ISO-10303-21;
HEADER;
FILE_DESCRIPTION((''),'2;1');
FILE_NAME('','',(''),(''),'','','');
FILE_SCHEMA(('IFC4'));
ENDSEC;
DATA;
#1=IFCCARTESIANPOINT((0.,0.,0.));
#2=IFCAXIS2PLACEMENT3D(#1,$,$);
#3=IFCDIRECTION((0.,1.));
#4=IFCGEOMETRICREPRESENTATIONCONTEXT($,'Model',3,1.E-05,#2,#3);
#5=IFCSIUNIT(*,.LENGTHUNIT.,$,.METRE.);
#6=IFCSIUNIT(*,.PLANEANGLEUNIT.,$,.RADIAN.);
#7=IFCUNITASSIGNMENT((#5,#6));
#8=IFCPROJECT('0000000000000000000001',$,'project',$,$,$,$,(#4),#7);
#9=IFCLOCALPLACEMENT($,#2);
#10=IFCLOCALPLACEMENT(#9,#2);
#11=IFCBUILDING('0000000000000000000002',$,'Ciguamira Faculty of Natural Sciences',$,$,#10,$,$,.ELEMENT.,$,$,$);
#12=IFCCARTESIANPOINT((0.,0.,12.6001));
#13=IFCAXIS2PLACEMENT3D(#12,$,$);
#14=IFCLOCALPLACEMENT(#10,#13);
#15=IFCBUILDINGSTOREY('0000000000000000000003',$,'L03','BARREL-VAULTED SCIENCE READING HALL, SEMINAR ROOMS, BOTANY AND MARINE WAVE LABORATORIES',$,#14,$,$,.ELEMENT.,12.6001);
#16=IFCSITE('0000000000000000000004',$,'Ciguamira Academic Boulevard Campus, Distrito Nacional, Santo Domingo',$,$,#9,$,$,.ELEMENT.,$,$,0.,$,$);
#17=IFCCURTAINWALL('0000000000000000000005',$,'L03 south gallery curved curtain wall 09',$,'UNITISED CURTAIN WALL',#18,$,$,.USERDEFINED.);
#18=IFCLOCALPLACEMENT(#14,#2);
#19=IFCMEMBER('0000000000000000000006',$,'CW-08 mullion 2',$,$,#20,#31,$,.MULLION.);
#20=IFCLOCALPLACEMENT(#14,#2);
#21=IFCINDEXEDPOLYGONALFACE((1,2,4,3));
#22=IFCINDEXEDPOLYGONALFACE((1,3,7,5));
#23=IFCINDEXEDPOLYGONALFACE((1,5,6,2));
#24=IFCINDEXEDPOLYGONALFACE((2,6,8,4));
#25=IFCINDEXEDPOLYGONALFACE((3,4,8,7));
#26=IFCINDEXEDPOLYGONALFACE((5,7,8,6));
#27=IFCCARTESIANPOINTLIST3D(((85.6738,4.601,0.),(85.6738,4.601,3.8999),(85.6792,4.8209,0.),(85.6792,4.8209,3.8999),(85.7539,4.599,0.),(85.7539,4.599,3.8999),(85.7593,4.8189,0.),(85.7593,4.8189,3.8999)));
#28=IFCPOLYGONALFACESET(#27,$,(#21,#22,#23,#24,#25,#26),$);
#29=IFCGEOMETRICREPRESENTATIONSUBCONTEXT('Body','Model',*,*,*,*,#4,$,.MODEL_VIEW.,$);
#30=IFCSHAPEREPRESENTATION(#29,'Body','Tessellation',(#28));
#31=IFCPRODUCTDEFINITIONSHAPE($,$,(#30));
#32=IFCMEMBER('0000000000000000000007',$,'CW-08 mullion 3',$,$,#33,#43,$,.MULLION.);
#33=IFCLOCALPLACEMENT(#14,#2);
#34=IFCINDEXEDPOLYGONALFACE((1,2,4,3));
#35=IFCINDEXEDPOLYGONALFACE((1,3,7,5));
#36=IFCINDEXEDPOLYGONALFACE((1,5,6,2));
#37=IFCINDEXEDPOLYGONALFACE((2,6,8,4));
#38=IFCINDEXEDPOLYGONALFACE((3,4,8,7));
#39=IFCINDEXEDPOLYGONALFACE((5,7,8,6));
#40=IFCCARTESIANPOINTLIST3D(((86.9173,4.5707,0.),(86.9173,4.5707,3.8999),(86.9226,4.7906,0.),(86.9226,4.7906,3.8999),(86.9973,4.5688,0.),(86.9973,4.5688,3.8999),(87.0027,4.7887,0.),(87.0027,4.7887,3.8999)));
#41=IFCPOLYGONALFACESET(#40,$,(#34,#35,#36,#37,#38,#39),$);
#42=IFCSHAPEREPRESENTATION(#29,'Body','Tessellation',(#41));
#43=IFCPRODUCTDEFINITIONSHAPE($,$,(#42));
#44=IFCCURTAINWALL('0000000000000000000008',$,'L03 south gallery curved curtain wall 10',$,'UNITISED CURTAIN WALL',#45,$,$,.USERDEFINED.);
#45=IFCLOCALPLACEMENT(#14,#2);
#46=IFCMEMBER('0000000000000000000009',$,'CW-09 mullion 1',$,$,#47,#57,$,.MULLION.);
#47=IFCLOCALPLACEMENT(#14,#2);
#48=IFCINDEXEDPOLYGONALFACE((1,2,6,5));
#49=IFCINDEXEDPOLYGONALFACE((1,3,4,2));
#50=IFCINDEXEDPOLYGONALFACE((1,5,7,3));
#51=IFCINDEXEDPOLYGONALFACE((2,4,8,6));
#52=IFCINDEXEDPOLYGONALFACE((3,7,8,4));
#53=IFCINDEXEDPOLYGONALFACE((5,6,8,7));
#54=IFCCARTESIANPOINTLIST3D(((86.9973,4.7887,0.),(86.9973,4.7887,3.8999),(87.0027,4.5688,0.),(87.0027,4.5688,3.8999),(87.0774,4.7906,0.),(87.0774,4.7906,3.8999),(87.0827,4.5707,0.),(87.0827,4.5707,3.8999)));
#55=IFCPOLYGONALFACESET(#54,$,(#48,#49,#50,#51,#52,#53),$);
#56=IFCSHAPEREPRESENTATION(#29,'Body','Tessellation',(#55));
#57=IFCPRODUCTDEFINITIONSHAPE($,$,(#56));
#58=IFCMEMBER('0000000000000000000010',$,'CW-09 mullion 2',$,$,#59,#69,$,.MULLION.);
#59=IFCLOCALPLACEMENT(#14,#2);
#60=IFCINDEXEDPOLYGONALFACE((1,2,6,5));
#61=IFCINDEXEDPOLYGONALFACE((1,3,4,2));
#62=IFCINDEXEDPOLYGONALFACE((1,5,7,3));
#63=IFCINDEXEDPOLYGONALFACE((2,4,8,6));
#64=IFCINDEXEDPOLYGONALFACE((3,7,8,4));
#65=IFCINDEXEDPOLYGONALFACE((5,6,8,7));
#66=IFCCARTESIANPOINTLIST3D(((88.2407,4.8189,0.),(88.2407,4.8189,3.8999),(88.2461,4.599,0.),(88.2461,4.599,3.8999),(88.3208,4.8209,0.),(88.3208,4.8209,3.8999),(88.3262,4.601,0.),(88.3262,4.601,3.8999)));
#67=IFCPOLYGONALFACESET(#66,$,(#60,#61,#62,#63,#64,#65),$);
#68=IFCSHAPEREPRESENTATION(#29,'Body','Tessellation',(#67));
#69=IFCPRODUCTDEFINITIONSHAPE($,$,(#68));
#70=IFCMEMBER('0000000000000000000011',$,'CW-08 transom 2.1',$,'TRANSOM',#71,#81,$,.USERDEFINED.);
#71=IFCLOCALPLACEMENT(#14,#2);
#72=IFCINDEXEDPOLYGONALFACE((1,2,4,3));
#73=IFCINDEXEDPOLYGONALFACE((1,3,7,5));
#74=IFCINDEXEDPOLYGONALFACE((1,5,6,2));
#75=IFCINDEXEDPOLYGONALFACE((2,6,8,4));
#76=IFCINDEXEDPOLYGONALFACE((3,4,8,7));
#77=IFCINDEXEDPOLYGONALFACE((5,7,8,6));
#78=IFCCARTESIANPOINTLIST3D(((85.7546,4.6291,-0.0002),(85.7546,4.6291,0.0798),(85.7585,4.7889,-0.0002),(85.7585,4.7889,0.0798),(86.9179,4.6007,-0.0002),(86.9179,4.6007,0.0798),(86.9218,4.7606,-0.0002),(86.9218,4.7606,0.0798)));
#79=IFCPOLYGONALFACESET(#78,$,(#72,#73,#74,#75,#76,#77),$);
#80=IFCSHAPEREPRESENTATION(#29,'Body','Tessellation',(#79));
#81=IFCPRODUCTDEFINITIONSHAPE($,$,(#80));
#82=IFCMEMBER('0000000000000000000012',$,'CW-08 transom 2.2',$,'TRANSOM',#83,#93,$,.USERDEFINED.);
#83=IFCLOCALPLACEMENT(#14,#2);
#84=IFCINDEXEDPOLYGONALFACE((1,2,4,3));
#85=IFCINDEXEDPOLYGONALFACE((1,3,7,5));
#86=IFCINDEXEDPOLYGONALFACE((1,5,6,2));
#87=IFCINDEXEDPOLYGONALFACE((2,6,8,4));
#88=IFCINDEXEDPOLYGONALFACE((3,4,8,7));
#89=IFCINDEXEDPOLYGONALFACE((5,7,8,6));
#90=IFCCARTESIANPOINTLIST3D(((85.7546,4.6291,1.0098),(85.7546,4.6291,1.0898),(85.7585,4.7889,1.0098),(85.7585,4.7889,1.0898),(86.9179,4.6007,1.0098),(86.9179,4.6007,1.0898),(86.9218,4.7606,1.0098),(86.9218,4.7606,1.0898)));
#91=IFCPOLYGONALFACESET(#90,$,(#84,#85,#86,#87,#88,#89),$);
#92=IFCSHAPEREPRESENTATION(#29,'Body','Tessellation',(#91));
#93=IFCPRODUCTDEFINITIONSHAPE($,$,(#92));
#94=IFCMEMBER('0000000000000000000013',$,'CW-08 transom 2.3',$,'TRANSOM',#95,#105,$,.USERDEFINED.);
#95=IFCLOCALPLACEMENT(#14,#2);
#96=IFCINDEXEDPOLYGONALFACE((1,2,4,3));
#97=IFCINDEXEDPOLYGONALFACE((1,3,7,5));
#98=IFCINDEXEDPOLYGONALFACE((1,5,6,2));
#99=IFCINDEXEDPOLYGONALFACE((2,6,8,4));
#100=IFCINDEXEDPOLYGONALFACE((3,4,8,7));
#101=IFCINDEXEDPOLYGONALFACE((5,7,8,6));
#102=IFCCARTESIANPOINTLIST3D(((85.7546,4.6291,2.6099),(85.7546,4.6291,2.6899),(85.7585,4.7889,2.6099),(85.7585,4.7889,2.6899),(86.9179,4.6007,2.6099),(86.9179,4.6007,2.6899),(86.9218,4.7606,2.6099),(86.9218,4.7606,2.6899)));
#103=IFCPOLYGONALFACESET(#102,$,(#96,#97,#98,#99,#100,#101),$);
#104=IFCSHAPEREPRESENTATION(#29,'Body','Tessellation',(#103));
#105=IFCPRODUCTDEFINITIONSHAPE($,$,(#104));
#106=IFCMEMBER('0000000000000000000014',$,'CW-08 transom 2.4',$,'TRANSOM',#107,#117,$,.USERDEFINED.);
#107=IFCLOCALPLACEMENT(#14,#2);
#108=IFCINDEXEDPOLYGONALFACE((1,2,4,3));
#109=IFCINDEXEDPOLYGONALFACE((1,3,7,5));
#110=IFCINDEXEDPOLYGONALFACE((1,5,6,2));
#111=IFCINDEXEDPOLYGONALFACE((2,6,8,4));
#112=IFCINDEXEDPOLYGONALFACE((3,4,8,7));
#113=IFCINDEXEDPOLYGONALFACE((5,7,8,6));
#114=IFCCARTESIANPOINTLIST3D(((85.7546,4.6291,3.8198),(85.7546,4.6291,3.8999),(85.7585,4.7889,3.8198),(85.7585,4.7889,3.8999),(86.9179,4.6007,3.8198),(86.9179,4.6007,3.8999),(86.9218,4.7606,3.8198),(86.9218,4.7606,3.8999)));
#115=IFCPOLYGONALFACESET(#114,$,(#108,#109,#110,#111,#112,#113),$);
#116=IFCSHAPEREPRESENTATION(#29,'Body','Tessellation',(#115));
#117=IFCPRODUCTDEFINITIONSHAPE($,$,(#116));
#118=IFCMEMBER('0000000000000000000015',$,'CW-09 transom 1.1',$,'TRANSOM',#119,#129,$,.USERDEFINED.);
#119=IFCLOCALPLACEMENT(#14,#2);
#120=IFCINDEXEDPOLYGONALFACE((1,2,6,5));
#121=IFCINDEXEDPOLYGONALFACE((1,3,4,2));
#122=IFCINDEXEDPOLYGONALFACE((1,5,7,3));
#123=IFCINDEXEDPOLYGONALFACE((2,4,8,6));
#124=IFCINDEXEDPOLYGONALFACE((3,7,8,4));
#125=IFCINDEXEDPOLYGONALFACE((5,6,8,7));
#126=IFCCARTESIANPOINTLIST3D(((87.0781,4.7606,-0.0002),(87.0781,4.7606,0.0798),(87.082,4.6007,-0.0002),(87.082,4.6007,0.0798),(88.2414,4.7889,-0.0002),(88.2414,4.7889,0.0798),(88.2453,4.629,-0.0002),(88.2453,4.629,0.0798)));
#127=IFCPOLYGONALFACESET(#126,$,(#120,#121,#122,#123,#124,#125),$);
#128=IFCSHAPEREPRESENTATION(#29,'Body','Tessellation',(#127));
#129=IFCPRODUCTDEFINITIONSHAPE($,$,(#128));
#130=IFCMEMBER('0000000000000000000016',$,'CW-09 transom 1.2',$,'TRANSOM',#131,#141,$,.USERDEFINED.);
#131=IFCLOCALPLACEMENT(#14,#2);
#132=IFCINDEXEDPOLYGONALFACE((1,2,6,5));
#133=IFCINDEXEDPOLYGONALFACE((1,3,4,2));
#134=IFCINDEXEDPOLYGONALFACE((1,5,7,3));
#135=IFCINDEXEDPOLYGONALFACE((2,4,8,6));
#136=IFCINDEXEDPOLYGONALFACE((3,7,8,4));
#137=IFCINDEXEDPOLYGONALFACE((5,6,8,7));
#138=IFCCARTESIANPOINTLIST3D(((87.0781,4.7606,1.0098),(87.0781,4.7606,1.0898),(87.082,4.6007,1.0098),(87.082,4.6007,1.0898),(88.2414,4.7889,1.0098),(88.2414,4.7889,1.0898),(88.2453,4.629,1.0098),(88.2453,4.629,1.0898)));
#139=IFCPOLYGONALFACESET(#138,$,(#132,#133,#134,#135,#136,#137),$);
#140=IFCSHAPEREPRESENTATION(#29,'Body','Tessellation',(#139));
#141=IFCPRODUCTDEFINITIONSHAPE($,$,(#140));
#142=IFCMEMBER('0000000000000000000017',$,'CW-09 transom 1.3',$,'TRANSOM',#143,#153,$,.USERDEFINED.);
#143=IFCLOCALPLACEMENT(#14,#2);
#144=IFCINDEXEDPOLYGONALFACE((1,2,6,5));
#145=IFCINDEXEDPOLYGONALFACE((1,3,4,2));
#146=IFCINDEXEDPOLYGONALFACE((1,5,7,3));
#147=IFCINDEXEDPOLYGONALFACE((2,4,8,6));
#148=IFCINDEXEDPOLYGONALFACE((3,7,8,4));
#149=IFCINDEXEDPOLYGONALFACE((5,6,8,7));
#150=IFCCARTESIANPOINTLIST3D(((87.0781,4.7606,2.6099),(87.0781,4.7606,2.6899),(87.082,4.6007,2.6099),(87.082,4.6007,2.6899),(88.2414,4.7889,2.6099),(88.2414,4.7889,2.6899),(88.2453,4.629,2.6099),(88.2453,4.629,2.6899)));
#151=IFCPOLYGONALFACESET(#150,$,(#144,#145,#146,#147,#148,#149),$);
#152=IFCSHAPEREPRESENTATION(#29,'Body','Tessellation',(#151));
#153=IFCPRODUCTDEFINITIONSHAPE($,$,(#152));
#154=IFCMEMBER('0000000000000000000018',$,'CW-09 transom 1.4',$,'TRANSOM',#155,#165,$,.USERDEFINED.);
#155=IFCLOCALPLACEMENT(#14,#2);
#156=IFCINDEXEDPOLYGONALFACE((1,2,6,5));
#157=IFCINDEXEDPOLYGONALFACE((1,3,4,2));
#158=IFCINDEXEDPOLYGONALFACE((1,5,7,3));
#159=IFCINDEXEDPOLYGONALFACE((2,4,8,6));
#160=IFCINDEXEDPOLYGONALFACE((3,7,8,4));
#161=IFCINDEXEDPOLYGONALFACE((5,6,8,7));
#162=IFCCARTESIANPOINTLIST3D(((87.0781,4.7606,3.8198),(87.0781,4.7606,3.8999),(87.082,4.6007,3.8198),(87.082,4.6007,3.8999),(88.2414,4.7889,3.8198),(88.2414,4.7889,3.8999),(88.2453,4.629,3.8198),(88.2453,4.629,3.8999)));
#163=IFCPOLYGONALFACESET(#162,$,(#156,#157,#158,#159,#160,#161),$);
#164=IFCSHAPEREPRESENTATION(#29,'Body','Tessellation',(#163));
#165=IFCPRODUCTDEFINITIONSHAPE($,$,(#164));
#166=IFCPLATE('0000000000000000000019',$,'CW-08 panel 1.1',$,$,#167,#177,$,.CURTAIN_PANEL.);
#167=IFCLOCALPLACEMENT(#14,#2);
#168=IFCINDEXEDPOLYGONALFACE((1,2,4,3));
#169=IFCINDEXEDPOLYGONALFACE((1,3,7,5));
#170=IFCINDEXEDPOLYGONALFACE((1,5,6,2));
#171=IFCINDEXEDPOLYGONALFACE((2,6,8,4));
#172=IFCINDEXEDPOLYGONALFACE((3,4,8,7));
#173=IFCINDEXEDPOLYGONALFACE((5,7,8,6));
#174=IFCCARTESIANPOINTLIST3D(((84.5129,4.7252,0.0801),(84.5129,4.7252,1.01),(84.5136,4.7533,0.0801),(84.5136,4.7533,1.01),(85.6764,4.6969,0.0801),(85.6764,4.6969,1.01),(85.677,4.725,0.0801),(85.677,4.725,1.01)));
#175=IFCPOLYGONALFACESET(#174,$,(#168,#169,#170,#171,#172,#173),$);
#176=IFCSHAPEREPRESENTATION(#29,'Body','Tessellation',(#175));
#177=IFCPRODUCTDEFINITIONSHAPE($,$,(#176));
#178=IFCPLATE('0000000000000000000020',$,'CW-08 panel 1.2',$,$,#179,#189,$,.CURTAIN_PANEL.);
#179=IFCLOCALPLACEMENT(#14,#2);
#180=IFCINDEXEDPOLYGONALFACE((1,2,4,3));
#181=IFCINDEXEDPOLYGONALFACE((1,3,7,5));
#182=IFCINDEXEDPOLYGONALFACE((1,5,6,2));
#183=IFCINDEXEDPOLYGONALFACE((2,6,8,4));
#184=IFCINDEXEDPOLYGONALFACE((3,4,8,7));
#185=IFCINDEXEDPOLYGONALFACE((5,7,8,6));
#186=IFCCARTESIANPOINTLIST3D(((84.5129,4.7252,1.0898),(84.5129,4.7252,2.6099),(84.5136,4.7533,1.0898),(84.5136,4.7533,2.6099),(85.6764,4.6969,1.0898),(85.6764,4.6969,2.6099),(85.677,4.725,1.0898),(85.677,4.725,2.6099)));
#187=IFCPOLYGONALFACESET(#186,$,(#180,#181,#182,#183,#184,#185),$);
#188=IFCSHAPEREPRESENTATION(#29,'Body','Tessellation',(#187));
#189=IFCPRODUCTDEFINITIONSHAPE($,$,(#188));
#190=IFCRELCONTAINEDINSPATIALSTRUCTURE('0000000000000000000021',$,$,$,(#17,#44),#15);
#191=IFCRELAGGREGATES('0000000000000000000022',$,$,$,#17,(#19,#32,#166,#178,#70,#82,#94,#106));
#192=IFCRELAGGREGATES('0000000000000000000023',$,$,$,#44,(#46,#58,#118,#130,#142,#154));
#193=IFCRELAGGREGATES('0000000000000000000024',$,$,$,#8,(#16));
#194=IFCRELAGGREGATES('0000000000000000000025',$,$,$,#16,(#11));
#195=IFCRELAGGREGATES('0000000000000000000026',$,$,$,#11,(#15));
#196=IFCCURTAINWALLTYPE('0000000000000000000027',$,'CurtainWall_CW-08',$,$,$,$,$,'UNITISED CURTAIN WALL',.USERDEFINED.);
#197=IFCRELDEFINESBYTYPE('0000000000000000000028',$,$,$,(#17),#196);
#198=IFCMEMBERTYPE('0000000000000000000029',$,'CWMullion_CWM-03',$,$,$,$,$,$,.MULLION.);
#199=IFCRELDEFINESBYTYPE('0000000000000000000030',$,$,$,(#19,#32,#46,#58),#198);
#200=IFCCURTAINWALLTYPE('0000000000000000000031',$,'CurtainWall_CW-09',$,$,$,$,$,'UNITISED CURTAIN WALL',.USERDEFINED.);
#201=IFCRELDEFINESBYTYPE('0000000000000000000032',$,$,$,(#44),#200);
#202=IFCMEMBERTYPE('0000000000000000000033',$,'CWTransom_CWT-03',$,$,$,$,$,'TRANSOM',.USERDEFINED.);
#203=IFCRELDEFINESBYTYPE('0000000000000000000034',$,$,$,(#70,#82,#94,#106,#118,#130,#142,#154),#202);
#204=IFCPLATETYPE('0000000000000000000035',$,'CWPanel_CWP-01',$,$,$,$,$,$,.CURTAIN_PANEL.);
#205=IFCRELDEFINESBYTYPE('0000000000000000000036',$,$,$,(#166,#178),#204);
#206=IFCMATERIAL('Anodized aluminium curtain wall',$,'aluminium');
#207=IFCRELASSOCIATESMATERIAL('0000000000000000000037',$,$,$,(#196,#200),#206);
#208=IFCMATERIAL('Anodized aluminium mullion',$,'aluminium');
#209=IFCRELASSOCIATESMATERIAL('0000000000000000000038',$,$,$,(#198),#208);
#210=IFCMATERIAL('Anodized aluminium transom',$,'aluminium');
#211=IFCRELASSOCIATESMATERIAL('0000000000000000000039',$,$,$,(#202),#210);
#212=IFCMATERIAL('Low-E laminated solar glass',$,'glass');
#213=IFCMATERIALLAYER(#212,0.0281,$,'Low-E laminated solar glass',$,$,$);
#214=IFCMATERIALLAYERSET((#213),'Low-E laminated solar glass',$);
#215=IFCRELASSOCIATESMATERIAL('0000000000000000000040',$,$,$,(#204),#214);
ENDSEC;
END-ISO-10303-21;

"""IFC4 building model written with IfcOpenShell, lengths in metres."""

from ifc_helpers import new_model, si_unit, direction, frame, origin, origin_2d, place, context, subcontext, project, spatial, rectangle, extrude, material, layer, layer_set, material_profile, profile_set, type_object, element, aggregate, save


model = new_model("IFC4")

# Units and contexts
model_context = context("Model", 3, precision=1e-05, world=origin(), true_north=direction((0.0, 1.0)))
body_context = subcontext(model_context, "Body", "Model", "MODEL_VIEW")
ifc_project = project(units=[si_unit("LENGTHUNIT", "METRE"), si_unit("PLANEANGLEUNIT", "RADIAN")], contexts=[model_context])

# Site, building, storey
site_placement = place(None, origin())
site = spatial("IfcSite", under=ifc_project, at=site_placement, Name="Ciguamira Academic Boulevard Campus, Distrito Nacional, Santo Domingo", CompositionType="ELEMENT", RefElevation=0.0)
building_placement = place(site_placement, origin())
building = spatial("IfcBuilding", under=site, at=building_placement, Name="Ciguamira Faculty of Natural Sciences", CompositionType="ELEMENT")
storey_placement = place(building_placement, frame((0.0, 0.0, 12.6001)))
storey = spatial("IfcBuildingStorey", under=building, at=storey_placement, Name="L03", Description="BARREL-VAULTED SCIENCE READING HALL, SEMINAR ROOMS, BOTANY AND MARINE WAVE LABORATORIES", CompositionType="ELEMENT", Elevation=12.6001)

# Curtain walls, members
ifc_material_1 = material(Name="Anodized aluminium curtain wall", Category="aluminium")
curtain_wall_type_1 = type_object("IfcCurtainWallType", Name="CurtainWall_CW-08", ElementType="UNITISED CURTAIN WALL", PredefinedType="USERDEFINED", material=ifc_material_1)
curtain_wall_1_placement = place(storey_placement, origin())
curtain_wall_1 = element("IfcCurtainWall", 1, at=curtain_wall_1_placement, inside=storey, type_object=curtain_wall_type_1, Name="L03 south gallery curved curtain wall 09", ObjectType="UNITISED CURTAIN WALL", PredefinedType="USERDEFINED")
ifc_material_2 = material(Name="Anodized aluminium mullion", Category="aluminium")
ifc_material_profile_1 = material_profile(ifc_material_2, rectangle(XDim=0.0801, YDim=0.22, at=origin_2d()), Name="ALU-MUL-80X220")
ifc_profile_set_1 = profile_set([ifc_material_profile_1], Name="Anodized aluminium mullion")
member_type_1 = type_object("IfcMemberType", Name="CWMullion_CWM-03", PredefinedType="MULLION", material=ifc_profile_set_1)
member_1_placement = place(storey_placement, frame((85.7166, 4.71, 0.0), z_axis=(0.0, 0.0, 1.0), x_axis=(0.999704, -0.024343, 0.0)))
member_1 = element("IfcMember", 2, at=member_1_placement, type_object=member_type_1, Name="CW-08 mullion 2", PredefinedType="MULLION", context=body_context, shape_type="SweptSolid", body=[
    extrude(rectangle(XDim=0.0801, YDim=0.22, at=origin_2d()), origin(), (0.0, 0.0, 1.0), 3.8999),
])
member_2_placement = place(storey_placement, frame((86.96, 4.6797, 0.0), z_axis=(0.0, 0.0, 1.0), x_axis=(0.999704, -0.024343, 0.0)))
member_2 = element("IfcMember", 3, at=member_2_placement, type_object=member_type_1, Name="CW-08 mullion 3", PredefinedType="MULLION", context=body_context, shape_type="SweptSolid", body=[
    extrude(rectangle(XDim=0.0801, YDim=0.22, at=origin_2d()), origin(), (0.0, 0.0, 1.0), 3.8999),
])
curtain_wall_type_2 = type_object("IfcCurtainWallType", Name="CurtainWall_CW-09", ElementType="UNITISED CURTAIN WALL", PredefinedType="USERDEFINED", material=ifc_material_1)
curtain_wall_2_placement = place(storey_placement, origin())
curtain_wall_2 = element("IfcCurtainWall", 4, at=curtain_wall_2_placement, inside=storey, type_object=curtain_wall_type_2, Name="L03 south gallery curved curtain wall 10", ObjectType="UNITISED CURTAIN WALL", PredefinedType="USERDEFINED")
member_3_placement = place(storey_placement, frame((87.04, 4.6797, 0.0), z_axis=(0.0, 0.0, 1.0), x_axis=(0.999704, 0.024343, 0.0)))
member_3 = element("IfcMember", 5, at=member_3_placement, type_object=member_type_1, Name="CW-09 mullion 1", PredefinedType="MULLION", context=body_context, shape_type="SweptSolid", body=[
    extrude(rectangle(XDim=0.0801, YDim=0.22, at=origin_2d()), origin(), (0.0, 0.0, 1.0), 3.8999),
])
member_4_placement = place(storey_placement, frame((88.2834, 4.71, 0.0), z_axis=(0.0, 0.0, 1.0), x_axis=(0.999704, 0.024343, 0.0)))
member_4 = element("IfcMember", 6, at=member_4_placement, type_object=member_type_1, Name="CW-09 mullion 2", PredefinedType="MULLION", context=body_context, shape_type="SweptSolid", body=[
    extrude(rectangle(XDim=0.0801, YDim=0.22, at=origin_2d()), origin(), (0.0, 0.0, 1.0), 3.8999),
])

# Members
ifc_material_3 = material(Name="Anodized aluminium transom", Category="aluminium")
ifc_material_profile_2 = material_profile(ifc_material_3, rectangle(XDim=0.0801, YDim=0.1599, at=origin_2d()), Name="ALU-TRN-80X160")
ifc_profile_set_2 = profile_set([ifc_material_profile_2], Name="Anodized aluminium transom")
member_type_2 = type_object("IfcMemberType", Name="CWTransom_CWT-03", ElementType="TRANSOM", PredefinedType="USERDEFINED", material=ifc_profile_set_2)
member_5_placement = place(storey_placement, frame((85.7566, 4.709, 0.0398), z_axis=(0.999704, -0.024337, 0.0), x_axis=(0.0, 0.0, 1.0)))
member_5 = element("IfcMember", 7, at=member_5_placement, type_object=member_type_2, Name="CW-08 transom 2.1", ObjectType="TRANSOM", PredefinedType="USERDEFINED", context=body_context, shape_type="SweptSolid", body=[
    extrude(rectangle(XDim=0.0801, YDim=0.1599, at=origin_2d()), origin(), (0.0, 0.0, 1.0), 1.1636),
])
member_6_placement = place(storey_placement, frame((85.7566, 4.709, 1.0498), z_axis=(0.999704, -0.024337, 0.0), x_axis=(0.0, 0.0, 1.0)))
member_6 = element("IfcMember", 8, at=member_6_placement, type_object=member_type_2, Name="CW-08 transom 2.2", ObjectType="TRANSOM", PredefinedType="USERDEFINED", context=body_context, shape_type="SweptSolid", body=[
    extrude(rectangle(XDim=0.0801, YDim=0.1599, at=origin_2d()), origin(), (0.0, 0.0, 1.0), 1.1636),
])
member_7_placement = place(storey_placement, frame((85.7566, 4.709, 2.6499), z_axis=(0.999704, -0.024337, 0.0), x_axis=(0.0, 0.0, 1.0)))
member_7 = element("IfcMember", 9, at=member_7_placement, type_object=member_type_2, Name="CW-08 transom 2.3", ObjectType="TRANSOM", PredefinedType="USERDEFINED", context=body_context, shape_type="SweptSolid", body=[
    extrude(rectangle(XDim=0.0801, YDim=0.1599, at=origin_2d()), origin(), (0.0, 0.0, 1.0), 1.1636),
])
member_8_placement = place(storey_placement, frame((85.7566, 4.709, 3.8599), z_axis=(0.999704, -0.024337, 0.0), x_axis=(0.0, 0.0, 1.0)))
member_8 = element("IfcMember", 10, at=member_8_placement, type_object=member_type_2, Name="CW-08 transom 2.4", ObjectType="TRANSOM", PredefinedType="USERDEFINED", context=body_context, shape_type="SweptSolid", body=[
    extrude(rectangle(XDim=0.0801, YDim=0.1599, at=origin_2d()), origin(), (0.0, 0.0, 1.0), 1.1636),
])
member_9_placement = place(storey_placement, frame((87.0801, 4.6807, 0.0398), z_axis=(0.999704, 0.024337, 0.0), x_axis=(0.0, 0.0, 1.0)))
member_9 = element("IfcMember", 11, at=member_9_placement, type_object=member_type_2, Name="CW-09 transom 1.1", ObjectType="TRANSOM", PredefinedType="USERDEFINED", context=body_context, shape_type="SweptSolid", body=[
    extrude(rectangle(XDim=0.0801, YDim=0.1599, at=origin_2d()), origin(), (0.0, 0.0, 1.0), 1.1636),
])
member_10_placement = place(storey_placement, frame((87.0801, 4.6807, 1.0498), z_axis=(0.999704, 0.024337, 0.0), x_axis=(0.0, 0.0, 1.0)))
member_10 = element("IfcMember", 12, at=member_10_placement, type_object=member_type_2, Name="CW-09 transom 1.2", ObjectType="TRANSOM", PredefinedType="USERDEFINED", context=body_context, shape_type="SweptSolid", body=[
    extrude(rectangle(XDim=0.0801, YDim=0.1599, at=origin_2d()), origin(), (0.0, 0.0, 1.0), 1.1636),
])
member_11_placement = place(storey_placement, frame((87.0801, 4.6807, 2.6499), z_axis=(0.999704, 0.024337, 0.0), x_axis=(0.0, 0.0, 1.0)))
member_11 = element("IfcMember", 13, at=member_11_placement, type_object=member_type_2, Name="CW-09 transom 1.3", ObjectType="TRANSOM", PredefinedType="USERDEFINED", context=body_context, shape_type="SweptSolid", body=[
    extrude(rectangle(XDim=0.0801, YDim=0.1599, at=origin_2d()), origin(), (0.0, 0.0, 1.0), 1.1636),
])
member_12_placement = place(storey_placement, frame((87.0801, 4.6807, 3.8599), z_axis=(0.999704, 0.024337, 0.0), x_axis=(0.0, 0.0, 1.0)))
member_12 = element("IfcMember", 14, at=member_12_placement, type_object=member_type_2, Name="CW-09 transom 1.4", ObjectType="TRANSOM", PredefinedType="USERDEFINED", context=body_context, shape_type="SweptSolid", body=[
    extrude(rectangle(XDim=0.0801, YDim=0.1599, at=origin_2d()), origin(), (0.0, 0.0, 1.0), 1.1636),
])

# Plates
ifc_material_4 = material(Name="Low-E laminated solar glass", Category="glass")
ifc_layer = layer(ifc_material_4, 0.0281, Name="Low-E laminated solar glass")
ifc_layer_set = layer_set([ifc_layer], Name="Low-E laminated solar glass")
plate_type = type_object("IfcPlateType", Name="CWPanel_CWP-01", PredefinedType="CURTAIN_PANEL", material=ifc_layer_set)
plate_1_placement = place(storey_placement, frame((85.095, 4.7251, 0.0801), z_axis=(0.0, 0.0, 1.0), x_axis=(0.999704, -0.024343, 0.0)))
plate_1 = element("IfcPlate", 15, at=plate_1_placement, type_object=plate_type, Name="CW-08 panel 1.1", PredefinedType="CURTAIN_PANEL", context=body_context, shape_type="SweptSolid", body=[
    extrude(rectangle(XDim=1.1638, YDim=0.0281, at=origin_2d()), origin(), (0.0, 0.0, 1.0), 0.9299),
])
plate_2_placement = place(storey_placement, frame((85.095, 4.7251, 1.0898), z_axis=(0.0, 0.0, 1.0), x_axis=(0.999704, -0.024343, 0.0)))
plate_2 = element("IfcPlate", 16, at=plate_2_placement, type_object=plate_type, Name="CW-08 panel 1.2", PredefinedType="CURTAIN_PANEL", context=body_context, shape_type="SweptSolid", body=[
    extrude(rectangle(XDim=1.1638, YDim=0.0281, at=origin_2d()), origin(), (0.0, 0.0, 1.0), 1.52),
])
aggregate(curtain_wall_1, [member_1, member_2, plate_1, plate_2, member_5, member_6, member_7, member_8])
aggregate(curtain_wall_2, [member_3, member_4, member_9, member_10, member_11, member_12])

save(model, "model.ifc")
